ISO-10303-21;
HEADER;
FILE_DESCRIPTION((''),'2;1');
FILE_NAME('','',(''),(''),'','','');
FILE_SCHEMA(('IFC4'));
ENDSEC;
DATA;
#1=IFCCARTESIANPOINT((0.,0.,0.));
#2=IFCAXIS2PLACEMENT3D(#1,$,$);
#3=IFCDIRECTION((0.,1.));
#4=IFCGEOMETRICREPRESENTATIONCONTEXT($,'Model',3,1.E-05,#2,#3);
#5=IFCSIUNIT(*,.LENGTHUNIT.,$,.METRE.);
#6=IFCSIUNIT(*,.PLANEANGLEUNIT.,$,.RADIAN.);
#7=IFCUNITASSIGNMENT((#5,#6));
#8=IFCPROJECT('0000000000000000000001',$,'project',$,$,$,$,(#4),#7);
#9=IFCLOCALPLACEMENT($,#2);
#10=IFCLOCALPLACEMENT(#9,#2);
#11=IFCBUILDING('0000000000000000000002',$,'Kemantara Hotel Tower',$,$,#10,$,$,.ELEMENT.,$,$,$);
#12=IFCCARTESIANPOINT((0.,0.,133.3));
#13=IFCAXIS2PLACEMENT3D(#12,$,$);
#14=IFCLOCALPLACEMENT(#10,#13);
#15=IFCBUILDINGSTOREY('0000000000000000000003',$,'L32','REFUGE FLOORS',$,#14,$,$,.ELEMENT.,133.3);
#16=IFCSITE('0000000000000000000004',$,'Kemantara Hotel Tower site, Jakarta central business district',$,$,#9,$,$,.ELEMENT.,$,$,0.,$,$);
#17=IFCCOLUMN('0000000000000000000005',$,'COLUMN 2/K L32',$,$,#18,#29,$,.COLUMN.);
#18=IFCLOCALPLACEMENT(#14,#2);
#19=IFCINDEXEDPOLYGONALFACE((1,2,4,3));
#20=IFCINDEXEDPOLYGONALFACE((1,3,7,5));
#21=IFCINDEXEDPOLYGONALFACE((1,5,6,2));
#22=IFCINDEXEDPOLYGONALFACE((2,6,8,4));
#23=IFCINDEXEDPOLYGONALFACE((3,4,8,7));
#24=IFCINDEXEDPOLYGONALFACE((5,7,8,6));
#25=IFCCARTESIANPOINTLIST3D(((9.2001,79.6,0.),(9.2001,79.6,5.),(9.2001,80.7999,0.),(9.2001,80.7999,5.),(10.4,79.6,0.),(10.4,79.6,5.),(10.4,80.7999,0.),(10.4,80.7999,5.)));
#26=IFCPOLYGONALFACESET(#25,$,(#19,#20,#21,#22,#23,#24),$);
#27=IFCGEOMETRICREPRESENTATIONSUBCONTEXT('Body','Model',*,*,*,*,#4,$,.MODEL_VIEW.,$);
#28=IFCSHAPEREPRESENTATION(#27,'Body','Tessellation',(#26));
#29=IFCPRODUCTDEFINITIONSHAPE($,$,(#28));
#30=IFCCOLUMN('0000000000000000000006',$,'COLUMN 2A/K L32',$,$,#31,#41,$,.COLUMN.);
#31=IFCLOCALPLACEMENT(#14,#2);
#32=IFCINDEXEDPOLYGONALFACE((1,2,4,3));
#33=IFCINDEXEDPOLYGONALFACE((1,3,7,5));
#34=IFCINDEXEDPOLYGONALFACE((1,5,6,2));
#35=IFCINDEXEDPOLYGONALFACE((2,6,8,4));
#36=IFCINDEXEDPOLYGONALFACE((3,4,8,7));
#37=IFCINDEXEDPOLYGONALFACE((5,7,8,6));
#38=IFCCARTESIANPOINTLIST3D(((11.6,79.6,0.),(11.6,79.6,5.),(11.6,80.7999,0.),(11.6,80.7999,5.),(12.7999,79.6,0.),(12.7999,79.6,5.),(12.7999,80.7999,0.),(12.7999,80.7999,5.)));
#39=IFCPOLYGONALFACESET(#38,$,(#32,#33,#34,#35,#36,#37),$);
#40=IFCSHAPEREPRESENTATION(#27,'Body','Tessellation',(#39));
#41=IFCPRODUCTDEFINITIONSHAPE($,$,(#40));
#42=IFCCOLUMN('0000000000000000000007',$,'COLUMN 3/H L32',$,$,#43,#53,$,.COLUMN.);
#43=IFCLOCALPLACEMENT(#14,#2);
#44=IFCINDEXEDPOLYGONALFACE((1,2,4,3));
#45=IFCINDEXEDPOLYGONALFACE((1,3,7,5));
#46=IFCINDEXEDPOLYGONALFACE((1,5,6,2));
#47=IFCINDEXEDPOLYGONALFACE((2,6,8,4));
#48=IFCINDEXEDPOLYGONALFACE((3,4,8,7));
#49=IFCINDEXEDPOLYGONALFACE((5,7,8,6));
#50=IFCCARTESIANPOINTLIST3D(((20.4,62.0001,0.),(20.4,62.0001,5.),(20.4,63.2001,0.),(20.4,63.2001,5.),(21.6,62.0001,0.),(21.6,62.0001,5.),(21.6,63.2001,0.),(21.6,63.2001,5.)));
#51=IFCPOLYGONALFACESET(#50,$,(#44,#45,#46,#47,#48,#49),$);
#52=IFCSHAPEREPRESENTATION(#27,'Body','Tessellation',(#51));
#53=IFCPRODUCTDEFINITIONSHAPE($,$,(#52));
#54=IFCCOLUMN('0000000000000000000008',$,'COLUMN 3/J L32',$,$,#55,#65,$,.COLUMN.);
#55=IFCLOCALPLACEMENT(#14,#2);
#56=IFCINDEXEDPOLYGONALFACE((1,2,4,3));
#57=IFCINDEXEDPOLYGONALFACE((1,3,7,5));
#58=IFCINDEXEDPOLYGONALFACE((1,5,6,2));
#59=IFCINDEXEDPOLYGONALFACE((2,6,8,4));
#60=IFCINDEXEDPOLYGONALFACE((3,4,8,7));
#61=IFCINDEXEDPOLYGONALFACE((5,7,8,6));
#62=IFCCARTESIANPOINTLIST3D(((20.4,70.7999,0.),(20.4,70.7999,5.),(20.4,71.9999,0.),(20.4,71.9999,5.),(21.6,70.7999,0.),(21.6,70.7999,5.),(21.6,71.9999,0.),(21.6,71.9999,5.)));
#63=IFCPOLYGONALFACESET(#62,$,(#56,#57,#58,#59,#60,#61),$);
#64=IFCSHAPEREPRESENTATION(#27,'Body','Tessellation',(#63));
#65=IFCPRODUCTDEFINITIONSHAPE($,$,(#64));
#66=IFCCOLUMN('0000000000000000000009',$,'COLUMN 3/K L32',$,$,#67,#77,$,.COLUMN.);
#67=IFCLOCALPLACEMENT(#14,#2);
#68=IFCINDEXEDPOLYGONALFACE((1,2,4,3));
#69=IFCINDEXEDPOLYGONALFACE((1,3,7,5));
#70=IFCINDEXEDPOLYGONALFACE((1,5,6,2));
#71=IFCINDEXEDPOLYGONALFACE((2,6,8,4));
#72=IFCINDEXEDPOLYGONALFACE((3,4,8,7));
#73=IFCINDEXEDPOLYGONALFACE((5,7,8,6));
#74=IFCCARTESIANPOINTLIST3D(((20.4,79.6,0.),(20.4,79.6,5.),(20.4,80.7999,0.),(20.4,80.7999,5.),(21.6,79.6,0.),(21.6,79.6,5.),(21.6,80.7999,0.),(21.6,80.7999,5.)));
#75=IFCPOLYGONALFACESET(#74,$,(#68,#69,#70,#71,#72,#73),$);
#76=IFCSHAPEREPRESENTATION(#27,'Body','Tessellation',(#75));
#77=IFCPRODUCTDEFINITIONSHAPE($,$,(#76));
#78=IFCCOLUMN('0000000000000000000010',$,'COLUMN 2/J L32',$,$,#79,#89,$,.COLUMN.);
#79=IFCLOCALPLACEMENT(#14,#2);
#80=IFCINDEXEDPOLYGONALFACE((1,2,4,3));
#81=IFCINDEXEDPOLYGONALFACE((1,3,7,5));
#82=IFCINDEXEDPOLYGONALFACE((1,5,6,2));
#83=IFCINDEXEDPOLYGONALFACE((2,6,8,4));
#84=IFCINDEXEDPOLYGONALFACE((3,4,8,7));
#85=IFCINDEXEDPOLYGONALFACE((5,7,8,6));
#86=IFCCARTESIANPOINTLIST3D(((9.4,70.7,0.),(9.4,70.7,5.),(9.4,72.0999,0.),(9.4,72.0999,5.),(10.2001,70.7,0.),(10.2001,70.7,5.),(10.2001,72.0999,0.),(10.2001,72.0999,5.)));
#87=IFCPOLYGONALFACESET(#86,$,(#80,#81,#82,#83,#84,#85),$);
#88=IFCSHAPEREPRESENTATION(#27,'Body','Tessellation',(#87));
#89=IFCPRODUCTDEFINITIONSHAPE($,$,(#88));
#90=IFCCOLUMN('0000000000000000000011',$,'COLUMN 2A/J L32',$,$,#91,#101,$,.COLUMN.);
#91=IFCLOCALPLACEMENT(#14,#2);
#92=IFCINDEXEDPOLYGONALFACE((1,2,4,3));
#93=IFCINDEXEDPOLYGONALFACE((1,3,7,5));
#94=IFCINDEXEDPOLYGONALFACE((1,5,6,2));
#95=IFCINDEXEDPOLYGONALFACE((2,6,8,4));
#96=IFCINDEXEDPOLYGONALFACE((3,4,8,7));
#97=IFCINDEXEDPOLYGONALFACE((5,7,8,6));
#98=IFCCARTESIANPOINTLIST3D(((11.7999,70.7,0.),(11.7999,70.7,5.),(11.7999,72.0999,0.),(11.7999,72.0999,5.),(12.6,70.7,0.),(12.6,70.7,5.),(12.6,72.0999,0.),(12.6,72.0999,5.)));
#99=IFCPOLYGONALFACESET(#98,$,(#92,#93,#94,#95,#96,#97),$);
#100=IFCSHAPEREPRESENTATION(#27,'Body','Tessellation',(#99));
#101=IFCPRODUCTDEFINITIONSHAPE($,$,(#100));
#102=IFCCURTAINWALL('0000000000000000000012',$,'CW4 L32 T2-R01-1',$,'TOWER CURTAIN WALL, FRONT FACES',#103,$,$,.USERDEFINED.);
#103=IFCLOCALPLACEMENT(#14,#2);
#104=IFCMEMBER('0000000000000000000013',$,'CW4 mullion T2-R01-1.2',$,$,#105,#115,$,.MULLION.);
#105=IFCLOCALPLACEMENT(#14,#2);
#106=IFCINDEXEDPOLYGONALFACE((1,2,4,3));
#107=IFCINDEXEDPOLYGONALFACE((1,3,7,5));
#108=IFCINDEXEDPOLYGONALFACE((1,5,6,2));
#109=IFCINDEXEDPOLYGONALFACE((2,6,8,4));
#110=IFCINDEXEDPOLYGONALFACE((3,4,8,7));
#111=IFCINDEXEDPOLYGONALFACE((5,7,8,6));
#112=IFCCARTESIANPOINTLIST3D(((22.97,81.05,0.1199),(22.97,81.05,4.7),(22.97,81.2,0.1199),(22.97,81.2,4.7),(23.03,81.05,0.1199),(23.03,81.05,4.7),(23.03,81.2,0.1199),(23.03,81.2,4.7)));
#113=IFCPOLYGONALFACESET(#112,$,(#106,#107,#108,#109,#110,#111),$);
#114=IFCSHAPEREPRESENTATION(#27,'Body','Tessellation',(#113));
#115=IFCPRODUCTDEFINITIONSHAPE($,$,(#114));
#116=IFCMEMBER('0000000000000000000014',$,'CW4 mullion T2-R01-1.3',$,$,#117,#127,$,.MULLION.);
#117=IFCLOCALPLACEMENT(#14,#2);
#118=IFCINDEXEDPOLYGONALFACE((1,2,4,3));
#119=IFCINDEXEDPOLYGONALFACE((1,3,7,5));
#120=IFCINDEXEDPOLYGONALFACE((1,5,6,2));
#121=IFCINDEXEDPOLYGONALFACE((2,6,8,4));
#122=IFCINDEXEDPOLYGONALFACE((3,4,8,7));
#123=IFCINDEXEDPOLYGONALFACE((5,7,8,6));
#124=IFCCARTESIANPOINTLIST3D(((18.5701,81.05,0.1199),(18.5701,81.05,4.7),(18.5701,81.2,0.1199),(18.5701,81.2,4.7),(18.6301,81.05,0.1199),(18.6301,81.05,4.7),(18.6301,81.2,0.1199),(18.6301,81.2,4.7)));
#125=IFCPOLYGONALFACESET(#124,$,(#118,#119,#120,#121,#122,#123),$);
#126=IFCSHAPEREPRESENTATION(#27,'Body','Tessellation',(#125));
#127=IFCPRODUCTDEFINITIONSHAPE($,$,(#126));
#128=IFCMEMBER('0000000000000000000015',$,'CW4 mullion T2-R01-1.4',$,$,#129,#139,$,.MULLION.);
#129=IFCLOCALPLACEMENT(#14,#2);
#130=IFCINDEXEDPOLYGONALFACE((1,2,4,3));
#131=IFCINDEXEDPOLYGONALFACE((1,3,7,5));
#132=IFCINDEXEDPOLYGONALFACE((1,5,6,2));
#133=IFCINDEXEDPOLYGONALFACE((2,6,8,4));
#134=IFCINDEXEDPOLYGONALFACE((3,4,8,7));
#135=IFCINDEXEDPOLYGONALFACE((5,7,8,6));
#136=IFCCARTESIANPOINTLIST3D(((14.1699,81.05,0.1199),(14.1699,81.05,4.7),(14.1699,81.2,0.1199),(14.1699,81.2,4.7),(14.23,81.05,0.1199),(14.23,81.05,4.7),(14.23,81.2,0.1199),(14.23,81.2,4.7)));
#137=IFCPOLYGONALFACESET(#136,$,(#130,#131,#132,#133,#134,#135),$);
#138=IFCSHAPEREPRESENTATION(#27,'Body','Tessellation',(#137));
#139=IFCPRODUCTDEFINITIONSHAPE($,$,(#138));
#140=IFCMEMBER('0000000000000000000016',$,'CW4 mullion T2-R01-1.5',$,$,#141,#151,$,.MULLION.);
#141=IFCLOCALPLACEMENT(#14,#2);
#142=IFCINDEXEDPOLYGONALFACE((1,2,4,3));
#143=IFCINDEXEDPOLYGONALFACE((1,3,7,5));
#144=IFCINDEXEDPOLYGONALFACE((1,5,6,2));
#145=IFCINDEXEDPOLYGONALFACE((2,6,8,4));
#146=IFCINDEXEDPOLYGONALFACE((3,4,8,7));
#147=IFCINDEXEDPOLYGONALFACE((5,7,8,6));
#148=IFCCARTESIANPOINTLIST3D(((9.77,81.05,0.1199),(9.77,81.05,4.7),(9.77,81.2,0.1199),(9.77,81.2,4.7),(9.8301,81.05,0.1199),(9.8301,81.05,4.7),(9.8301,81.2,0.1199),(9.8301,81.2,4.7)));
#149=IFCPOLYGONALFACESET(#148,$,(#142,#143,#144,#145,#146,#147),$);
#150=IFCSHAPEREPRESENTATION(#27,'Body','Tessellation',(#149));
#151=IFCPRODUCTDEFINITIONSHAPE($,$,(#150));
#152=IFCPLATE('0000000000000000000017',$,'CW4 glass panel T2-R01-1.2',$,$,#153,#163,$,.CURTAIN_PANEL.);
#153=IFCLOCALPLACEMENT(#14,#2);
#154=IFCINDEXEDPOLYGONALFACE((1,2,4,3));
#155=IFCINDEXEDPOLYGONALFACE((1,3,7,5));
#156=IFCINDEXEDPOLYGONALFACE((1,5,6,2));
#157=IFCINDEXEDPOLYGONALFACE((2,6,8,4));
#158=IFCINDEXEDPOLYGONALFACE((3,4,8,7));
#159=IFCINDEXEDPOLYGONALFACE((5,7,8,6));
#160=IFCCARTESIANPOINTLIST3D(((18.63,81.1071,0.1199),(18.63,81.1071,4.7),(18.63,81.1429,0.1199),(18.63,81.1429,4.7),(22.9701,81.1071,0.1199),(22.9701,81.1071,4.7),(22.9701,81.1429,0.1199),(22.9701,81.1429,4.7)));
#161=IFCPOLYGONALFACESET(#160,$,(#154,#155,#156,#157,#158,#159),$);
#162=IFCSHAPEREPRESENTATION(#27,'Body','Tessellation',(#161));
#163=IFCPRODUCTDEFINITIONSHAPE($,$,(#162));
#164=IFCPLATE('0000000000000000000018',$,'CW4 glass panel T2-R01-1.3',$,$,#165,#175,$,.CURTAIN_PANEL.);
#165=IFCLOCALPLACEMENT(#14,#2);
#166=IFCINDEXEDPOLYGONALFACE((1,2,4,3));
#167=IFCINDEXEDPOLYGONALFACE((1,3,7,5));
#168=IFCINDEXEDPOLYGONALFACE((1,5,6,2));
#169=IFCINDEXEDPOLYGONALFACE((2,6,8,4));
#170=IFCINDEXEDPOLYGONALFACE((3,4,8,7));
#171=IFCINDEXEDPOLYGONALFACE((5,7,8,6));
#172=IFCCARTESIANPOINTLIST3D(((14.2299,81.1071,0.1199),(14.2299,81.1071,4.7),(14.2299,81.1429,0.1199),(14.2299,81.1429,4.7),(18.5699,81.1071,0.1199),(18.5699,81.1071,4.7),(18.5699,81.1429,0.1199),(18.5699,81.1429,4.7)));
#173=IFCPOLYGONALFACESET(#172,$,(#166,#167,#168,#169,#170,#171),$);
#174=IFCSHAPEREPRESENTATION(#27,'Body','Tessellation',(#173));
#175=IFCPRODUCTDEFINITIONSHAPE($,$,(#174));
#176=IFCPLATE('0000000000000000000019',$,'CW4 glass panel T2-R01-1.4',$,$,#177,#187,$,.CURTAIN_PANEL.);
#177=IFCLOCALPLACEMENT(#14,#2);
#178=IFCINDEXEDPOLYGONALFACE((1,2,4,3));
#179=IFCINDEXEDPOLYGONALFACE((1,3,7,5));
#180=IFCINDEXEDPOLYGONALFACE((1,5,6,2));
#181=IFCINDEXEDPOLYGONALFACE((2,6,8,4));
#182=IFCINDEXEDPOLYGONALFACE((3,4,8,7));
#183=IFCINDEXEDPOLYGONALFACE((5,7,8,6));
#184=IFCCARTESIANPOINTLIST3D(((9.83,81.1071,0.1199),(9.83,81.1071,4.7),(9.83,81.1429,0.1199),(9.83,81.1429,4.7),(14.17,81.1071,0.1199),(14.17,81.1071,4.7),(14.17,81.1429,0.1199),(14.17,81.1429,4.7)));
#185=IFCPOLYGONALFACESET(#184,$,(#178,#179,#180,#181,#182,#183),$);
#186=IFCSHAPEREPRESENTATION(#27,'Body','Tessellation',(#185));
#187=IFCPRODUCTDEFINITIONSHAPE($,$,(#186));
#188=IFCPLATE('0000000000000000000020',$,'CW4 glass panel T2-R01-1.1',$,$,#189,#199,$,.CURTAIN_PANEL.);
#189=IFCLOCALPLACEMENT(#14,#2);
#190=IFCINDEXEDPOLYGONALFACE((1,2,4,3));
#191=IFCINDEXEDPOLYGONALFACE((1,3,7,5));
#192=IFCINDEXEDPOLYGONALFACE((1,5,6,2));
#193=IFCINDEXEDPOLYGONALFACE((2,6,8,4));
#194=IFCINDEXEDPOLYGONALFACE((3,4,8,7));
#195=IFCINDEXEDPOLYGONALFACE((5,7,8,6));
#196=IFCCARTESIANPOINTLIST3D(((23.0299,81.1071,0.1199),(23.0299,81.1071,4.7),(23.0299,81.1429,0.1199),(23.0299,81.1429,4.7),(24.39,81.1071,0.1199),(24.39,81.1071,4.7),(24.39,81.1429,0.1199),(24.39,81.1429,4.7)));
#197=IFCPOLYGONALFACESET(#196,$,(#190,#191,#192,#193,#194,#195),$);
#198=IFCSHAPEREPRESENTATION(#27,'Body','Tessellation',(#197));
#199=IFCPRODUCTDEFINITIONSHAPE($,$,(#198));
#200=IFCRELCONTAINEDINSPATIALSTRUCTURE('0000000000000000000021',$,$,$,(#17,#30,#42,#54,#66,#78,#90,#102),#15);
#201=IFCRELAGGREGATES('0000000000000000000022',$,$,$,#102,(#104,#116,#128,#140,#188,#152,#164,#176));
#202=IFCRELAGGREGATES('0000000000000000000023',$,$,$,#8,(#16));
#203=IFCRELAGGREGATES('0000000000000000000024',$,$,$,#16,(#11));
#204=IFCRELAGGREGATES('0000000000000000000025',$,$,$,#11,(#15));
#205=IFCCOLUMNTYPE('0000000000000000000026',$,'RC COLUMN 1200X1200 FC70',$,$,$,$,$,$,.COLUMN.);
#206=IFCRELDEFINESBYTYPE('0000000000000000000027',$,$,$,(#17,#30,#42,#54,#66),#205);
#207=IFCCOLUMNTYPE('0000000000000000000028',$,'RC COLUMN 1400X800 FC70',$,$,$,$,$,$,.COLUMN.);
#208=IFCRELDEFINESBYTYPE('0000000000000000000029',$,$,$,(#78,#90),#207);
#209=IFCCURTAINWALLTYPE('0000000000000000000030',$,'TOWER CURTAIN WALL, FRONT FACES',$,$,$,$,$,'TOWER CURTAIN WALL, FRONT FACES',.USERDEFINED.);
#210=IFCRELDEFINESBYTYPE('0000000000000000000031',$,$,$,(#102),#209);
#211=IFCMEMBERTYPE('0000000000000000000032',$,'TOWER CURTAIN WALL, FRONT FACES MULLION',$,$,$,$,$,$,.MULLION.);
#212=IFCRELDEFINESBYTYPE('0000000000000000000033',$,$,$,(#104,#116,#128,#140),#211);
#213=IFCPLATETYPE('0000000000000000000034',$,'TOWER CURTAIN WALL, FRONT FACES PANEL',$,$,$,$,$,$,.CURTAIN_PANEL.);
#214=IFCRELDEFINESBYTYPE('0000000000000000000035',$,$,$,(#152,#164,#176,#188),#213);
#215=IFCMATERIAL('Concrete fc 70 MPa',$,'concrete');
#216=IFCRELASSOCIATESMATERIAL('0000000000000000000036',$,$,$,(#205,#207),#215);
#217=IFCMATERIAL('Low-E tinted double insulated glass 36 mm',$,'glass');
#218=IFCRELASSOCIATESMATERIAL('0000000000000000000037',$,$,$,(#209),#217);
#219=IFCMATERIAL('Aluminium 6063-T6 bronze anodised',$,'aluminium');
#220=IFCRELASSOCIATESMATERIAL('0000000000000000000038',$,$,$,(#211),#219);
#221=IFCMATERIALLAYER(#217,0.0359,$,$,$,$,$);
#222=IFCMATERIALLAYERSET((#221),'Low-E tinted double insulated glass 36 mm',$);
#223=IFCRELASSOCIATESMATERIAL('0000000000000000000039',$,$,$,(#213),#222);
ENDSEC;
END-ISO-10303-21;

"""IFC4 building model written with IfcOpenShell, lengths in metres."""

from ifc_helpers import new_model, si_unit, direction, frame, origin, origin_2d, place, context, subcontext, project, spatial, rectangle, extrude, source, transform, mapped, material, layer, layer_set, material_profile, profile_set, type_object, element, aggregate, save


model = new_model("IFC4")

# Units and contexts
model_context = context("Model", 3, precision=1e-05, world=origin(), true_north=direction((0.0, 1.0)))
body_context = subcontext(model_context, "Body", "Model", "MODEL_VIEW")
ifc_project = project(units=[si_unit("LENGTHUNIT", "METRE"), si_unit("PLANEANGLEUNIT", "RADIAN")], contexts=[model_context])

# Site, building, storey
site_placement = place(None, origin())
site = spatial("IfcSite", under=ifc_project, at=site_placement, Name="Kemantara Hotel Tower site, Jakarta central business district", CompositionType="ELEMENT", RefElevation=0.0)
building_placement = place(site_placement, origin())
building = spatial("IfcBuilding", under=site, at=building_placement, Name="Kemantara Hotel Tower", CompositionType="ELEMENT")
storey_placement = place(building_placement, frame((0.0, 0.0, 133.3)))
storey = spatial("IfcBuildingStorey", under=building, at=storey_placement, Name="L32", Description="REFUGE FLOORS", CompositionType="ELEMENT", Elevation=133.3)

# Columns
ifc_material_1 = material(Name="Concrete fc 70 MPa", Category="concrete")
ifc_material_profile_1 = material_profile(ifc_material_1, rectangle(XDim=1.2, YDim=1.2, at=origin_2d()), Name="RC 1200X1200")
ifc_profile_set_1 = profile_set([ifc_material_profile_1], Name="Concrete fc 70 MPa")
column_type_1 = type_object("IfcColumnType", Name="RC COLUMN 1200X1200 FC70", PredefinedType="COLUMN", material=ifc_profile_set_1)
for number, where, z_axis, x_axis, name in (
    (1, (9.8, 80.2, 0.0), (0.0, 0.0, 1.0), (1.0, 0.0, 0.0), "COLUMN 2/K L32"),
    (2, (12.2, 80.2, 0.0), (0.0, 0.0, 1.0), (1.0, 0.0, 0.0), "COLUMN 2A/K L32"),
    (3, (21.0, 62.6001, 0.0), (0.0, 0.0, 1.0), (1.0, 0.0, 0.0), "COLUMN 3/H L32"),
    (4, (21.0, 71.3999, 0.0), (0.0, 0.0, 1.0), (1.0, 0.0, 0.0), "COLUMN 3/J L32"),
    (5, (21.0, 80.2, 0.0), (0.0, 0.0, 1.0), (1.0, 0.0, 0.0), "COLUMN 3/K L32"),
):
    element("IfcColumn", number, at=place(storey_placement, frame(where, z_axis=z_axis, x_axis=x_axis)), inside=storey, type_object=column_type_1, Name=name, PredefinedType="COLUMN", context=body_context, shape_type="SweptSolid", body=[
        extrude(rectangle(XDim=1.2, YDim=1.2, at=origin_2d()), origin(), (0.0, 0.0, 1.0), 5.0),
    ])
ifc_material_profile_2 = material_profile(ifc_material_1, rectangle(XDim=1.3999, YDim=0.8, at=origin_2d()), Name="RC 1400X800")
ifc_profile_set_2 = profile_set([ifc_material_profile_2], Name="Concrete fc 70 MPa")
column_type_2 = type_object("IfcColumnType", Name="RC COLUMN 1400X800 FC70", PredefinedType="COLUMN", material=ifc_profile_set_2)
for number, where, z_axis, x_axis, name in (
    (6, (9.8, 71.3999, 0.0), (0.0, 0.0, 1.0), (0.0, 1.0, 0.0), "COLUMN 2/J L32"),
    (7, (12.2, 71.3999, 0.0), (0.0, 0.0, 1.0), (0.0, 1.0, 0.0), "COLUMN 2A/J L32"),
):
    element("IfcColumn", number, at=place(storey_placement, frame(where, z_axis=z_axis, x_axis=x_axis)), inside=storey, type_object=column_type_2, Name=name, PredefinedType="COLUMN", context=body_context, shape_type="SweptSolid", body=[
        extrude(rectangle(XDim=1.3999, YDim=0.8, at=origin_2d()), origin(), (0.0, 0.0, 1.0), 5.0),
    ])

# Curtain wall, members, plates
ifc_material_2 = material(Name="Low-E tinted double insulated glass 36 mm", Category="glass")
curtain_wall_type = type_object("IfcCurtainWallType", Name="TOWER CURTAIN WALL, FRONT FACES", ElementType="TOWER CURTAIN WALL, FRONT FACES", PredefinedType="USERDEFINED", material=ifc_material_2)
curtain_wall_placement = place(storey_placement, origin())
curtain_wall = element("IfcCurtainWall", 8, at=curtain_wall_placement, inside=storey, type_object=curtain_wall_type, Name="CW4 L32 T2-R01-1", ObjectType="TOWER CURTAIN WALL, FRONT FACES", PredefinedType="USERDEFINED")
ifc_material_3 = material(Name="Aluminium 6063-T6 bronze anodised", Category="aluminium")
ifc_material_profile_3 = material_profile(ifc_material_3, rectangle(XDim=0.1499, YDim=0.0601, at=origin_2d()), Name="TOWER CURTAIN WALL, FRONT FACES MULLION")
ifc_profile_set_3 = profile_set([ifc_material_profile_3], Name="Aluminium 6063-T6 bronze anodised")
member_type = type_object("IfcMemberType", Name="TOWER CURTAIN WALL, FRONT FACES MULLION", PredefinedType="MULLION", material=ifc_profile_set_3)
shared_shape_1 = source(origin(), body_context, "Body", "SweptSolid", [
    extrude(rectangle(XDim=0.1499, YDim=0.0601, at=origin_2d()), origin(), (0.0, 0.0, 1.0), 4.5801),
])
member_1_placement = place(storey_placement, frame((23.0, 81.125, 0.1199), z_axis=(0.0, 0.0, 1.0), x_axis=(0.0, -1.0, 0.0)))
member_1 = element("IfcMember", 9, at=member_1_placement, type_object=member_type, Name="CW4 mullion T2-R01-1.2", PredefinedType="MULLION", context=body_context, shape_type="MappedRepresentation", body=[
    mapped(shared_shape_1, transform((0.0, 0.0, 0.0))),
])
member_2_placement = place(storey_placement, frame((18.6001, 81.125, 0.1199), z_axis=(0.0, 0.0, 1.0), x_axis=(0.0, -1.0, 0.0)))
member_2 = element("IfcMember", 10, at=member_2_placement, type_object=member_type, Name="CW4 mullion T2-R01-1.3", PredefinedType="MULLION", context=body_context, shape_type="MappedRepresentation", body=[
    mapped(shared_shape_1, transform((0.0, 0.0, 0.0))),
])
member_3_placement = place(storey_placement, frame((14.2, 81.125, 0.1199), z_axis=(0.0, 0.0, 1.0), x_axis=(0.0, -1.0, 0.0)))
member_3 = element("IfcMember", 11, at=member_3_placement, type_object=member_type, Name="CW4 mullion T2-R01-1.4", PredefinedType="MULLION", context=body_context, shape_type="MappedRepresentation", body=[
    mapped(shared_shape_1, transform((0.0, 0.0, 0.0))),
])
member_4_placement = place(storey_placement, frame((9.8, 81.125, 0.1199), z_axis=(0.0, 0.0, 1.0), x_axis=(0.0, -1.0, 0.0)))
member_4 = element("IfcMember", 12, at=member_4_placement, type_object=member_type, Name="CW4 mullion T2-R01-1.5", PredefinedType="MULLION", context=body_context, shape_type="MappedRepresentation", body=[
    mapped(shared_shape_1, transform((0.0, 0.0, 0.0))),
])
ifc_layer_1 = layer(ifc_material_2, 0.0359)
ifc_layer_set_1 = layer_set([ifc_layer_1], Name="Low-E tinted double insulated glass 36 mm")
plate_type = type_object("IfcPlateType", Name="TOWER CURTAIN WALL, FRONT FACES PANEL", PredefinedType="CURTAIN_PANEL", material=ifc_layer_set_1)
shared_shape_2 = source(origin(), body_context, "Body", "SweptSolid", [
    extrude(rectangle(XDim=4.3401, YDim=0.0359, at=origin_2d()), origin(), (0.0, 0.0, 1.0), 4.5801),
])
plate_1_placement = place(storey_placement, frame((20.8, 81.125, 0.1199), z_axis=(0.0, 0.0, 1.0), x_axis=(-1.0, 0.0, 0.0)))
plate_1 = element("IfcPlate", 13, at=plate_1_placement, type_object=plate_type, Name="CW4 glass panel T2-R01-1.2", PredefinedType="CURTAIN_PANEL", context=body_context, shape_type="MappedRepresentation", body=[
    mapped(shared_shape_2, transform((0.0, 0.0, 0.0))),
])
plate_2_placement = place(storey_placement, frame((16.3999, 81.125, 0.1199), z_axis=(0.0, 0.0, 1.0), x_axis=(-1.0, 0.0, 0.0)))
plate_2 = element("IfcPlate", 14, at=plate_2_placement, type_object=plate_type, Name="CW4 glass panel T2-R01-1.3", PredefinedType="CURTAIN_PANEL", context=body_context, shape_type="MappedRepresentation", body=[
    mapped(shared_shape_2, transform((0.0, 0.0, 0.0))),
])
plate_3_placement = place(storey_placement, frame((12.0, 81.125, 0.1199), z_axis=(0.0, 0.0, 1.0), x_axis=(-1.0, 0.0, 0.0)))
plate_3 = element("IfcPlate", 15, at=plate_3_placement, type_object=plate_type, Name="CW4 glass panel T2-R01-1.4", PredefinedType="CURTAIN_PANEL", context=body_context, shape_type="MappedRepresentation", body=[
    mapped(shared_shape_2, transform((0.0, 0.0, 0.0))),
])
shared_shape_3 = source(origin(), body_context, "Body", "SweptSolid", [
    extrude(rectangle(XDim=1.3601, YDim=0.0359, at=origin_2d()), origin(), (0.0, 0.0, 1.0), 4.5801),
])
plate_4_placement = place(storey_placement, frame((23.71, 81.125, 0.1199), z_axis=(0.0, 0.0, 1.0), x_axis=(-1.0, 0.0, 0.0)))
plate_4 = element("IfcPlate", 16, at=plate_4_placement, type_object=plate_type, Name="CW4 glass panel T2-R01-1.1", PredefinedType="CURTAIN_PANEL", context=body_context, shape_type="MappedRepresentation", body=[
    mapped(shared_shape_3, transform((0.0, 0.0, 0.0))),
])
aggregate(curtain_wall, [member_1, member_2, member_3, member_4, plate_4, plate_1, plate_2, plate_3])

save(model, "model.ifc")
